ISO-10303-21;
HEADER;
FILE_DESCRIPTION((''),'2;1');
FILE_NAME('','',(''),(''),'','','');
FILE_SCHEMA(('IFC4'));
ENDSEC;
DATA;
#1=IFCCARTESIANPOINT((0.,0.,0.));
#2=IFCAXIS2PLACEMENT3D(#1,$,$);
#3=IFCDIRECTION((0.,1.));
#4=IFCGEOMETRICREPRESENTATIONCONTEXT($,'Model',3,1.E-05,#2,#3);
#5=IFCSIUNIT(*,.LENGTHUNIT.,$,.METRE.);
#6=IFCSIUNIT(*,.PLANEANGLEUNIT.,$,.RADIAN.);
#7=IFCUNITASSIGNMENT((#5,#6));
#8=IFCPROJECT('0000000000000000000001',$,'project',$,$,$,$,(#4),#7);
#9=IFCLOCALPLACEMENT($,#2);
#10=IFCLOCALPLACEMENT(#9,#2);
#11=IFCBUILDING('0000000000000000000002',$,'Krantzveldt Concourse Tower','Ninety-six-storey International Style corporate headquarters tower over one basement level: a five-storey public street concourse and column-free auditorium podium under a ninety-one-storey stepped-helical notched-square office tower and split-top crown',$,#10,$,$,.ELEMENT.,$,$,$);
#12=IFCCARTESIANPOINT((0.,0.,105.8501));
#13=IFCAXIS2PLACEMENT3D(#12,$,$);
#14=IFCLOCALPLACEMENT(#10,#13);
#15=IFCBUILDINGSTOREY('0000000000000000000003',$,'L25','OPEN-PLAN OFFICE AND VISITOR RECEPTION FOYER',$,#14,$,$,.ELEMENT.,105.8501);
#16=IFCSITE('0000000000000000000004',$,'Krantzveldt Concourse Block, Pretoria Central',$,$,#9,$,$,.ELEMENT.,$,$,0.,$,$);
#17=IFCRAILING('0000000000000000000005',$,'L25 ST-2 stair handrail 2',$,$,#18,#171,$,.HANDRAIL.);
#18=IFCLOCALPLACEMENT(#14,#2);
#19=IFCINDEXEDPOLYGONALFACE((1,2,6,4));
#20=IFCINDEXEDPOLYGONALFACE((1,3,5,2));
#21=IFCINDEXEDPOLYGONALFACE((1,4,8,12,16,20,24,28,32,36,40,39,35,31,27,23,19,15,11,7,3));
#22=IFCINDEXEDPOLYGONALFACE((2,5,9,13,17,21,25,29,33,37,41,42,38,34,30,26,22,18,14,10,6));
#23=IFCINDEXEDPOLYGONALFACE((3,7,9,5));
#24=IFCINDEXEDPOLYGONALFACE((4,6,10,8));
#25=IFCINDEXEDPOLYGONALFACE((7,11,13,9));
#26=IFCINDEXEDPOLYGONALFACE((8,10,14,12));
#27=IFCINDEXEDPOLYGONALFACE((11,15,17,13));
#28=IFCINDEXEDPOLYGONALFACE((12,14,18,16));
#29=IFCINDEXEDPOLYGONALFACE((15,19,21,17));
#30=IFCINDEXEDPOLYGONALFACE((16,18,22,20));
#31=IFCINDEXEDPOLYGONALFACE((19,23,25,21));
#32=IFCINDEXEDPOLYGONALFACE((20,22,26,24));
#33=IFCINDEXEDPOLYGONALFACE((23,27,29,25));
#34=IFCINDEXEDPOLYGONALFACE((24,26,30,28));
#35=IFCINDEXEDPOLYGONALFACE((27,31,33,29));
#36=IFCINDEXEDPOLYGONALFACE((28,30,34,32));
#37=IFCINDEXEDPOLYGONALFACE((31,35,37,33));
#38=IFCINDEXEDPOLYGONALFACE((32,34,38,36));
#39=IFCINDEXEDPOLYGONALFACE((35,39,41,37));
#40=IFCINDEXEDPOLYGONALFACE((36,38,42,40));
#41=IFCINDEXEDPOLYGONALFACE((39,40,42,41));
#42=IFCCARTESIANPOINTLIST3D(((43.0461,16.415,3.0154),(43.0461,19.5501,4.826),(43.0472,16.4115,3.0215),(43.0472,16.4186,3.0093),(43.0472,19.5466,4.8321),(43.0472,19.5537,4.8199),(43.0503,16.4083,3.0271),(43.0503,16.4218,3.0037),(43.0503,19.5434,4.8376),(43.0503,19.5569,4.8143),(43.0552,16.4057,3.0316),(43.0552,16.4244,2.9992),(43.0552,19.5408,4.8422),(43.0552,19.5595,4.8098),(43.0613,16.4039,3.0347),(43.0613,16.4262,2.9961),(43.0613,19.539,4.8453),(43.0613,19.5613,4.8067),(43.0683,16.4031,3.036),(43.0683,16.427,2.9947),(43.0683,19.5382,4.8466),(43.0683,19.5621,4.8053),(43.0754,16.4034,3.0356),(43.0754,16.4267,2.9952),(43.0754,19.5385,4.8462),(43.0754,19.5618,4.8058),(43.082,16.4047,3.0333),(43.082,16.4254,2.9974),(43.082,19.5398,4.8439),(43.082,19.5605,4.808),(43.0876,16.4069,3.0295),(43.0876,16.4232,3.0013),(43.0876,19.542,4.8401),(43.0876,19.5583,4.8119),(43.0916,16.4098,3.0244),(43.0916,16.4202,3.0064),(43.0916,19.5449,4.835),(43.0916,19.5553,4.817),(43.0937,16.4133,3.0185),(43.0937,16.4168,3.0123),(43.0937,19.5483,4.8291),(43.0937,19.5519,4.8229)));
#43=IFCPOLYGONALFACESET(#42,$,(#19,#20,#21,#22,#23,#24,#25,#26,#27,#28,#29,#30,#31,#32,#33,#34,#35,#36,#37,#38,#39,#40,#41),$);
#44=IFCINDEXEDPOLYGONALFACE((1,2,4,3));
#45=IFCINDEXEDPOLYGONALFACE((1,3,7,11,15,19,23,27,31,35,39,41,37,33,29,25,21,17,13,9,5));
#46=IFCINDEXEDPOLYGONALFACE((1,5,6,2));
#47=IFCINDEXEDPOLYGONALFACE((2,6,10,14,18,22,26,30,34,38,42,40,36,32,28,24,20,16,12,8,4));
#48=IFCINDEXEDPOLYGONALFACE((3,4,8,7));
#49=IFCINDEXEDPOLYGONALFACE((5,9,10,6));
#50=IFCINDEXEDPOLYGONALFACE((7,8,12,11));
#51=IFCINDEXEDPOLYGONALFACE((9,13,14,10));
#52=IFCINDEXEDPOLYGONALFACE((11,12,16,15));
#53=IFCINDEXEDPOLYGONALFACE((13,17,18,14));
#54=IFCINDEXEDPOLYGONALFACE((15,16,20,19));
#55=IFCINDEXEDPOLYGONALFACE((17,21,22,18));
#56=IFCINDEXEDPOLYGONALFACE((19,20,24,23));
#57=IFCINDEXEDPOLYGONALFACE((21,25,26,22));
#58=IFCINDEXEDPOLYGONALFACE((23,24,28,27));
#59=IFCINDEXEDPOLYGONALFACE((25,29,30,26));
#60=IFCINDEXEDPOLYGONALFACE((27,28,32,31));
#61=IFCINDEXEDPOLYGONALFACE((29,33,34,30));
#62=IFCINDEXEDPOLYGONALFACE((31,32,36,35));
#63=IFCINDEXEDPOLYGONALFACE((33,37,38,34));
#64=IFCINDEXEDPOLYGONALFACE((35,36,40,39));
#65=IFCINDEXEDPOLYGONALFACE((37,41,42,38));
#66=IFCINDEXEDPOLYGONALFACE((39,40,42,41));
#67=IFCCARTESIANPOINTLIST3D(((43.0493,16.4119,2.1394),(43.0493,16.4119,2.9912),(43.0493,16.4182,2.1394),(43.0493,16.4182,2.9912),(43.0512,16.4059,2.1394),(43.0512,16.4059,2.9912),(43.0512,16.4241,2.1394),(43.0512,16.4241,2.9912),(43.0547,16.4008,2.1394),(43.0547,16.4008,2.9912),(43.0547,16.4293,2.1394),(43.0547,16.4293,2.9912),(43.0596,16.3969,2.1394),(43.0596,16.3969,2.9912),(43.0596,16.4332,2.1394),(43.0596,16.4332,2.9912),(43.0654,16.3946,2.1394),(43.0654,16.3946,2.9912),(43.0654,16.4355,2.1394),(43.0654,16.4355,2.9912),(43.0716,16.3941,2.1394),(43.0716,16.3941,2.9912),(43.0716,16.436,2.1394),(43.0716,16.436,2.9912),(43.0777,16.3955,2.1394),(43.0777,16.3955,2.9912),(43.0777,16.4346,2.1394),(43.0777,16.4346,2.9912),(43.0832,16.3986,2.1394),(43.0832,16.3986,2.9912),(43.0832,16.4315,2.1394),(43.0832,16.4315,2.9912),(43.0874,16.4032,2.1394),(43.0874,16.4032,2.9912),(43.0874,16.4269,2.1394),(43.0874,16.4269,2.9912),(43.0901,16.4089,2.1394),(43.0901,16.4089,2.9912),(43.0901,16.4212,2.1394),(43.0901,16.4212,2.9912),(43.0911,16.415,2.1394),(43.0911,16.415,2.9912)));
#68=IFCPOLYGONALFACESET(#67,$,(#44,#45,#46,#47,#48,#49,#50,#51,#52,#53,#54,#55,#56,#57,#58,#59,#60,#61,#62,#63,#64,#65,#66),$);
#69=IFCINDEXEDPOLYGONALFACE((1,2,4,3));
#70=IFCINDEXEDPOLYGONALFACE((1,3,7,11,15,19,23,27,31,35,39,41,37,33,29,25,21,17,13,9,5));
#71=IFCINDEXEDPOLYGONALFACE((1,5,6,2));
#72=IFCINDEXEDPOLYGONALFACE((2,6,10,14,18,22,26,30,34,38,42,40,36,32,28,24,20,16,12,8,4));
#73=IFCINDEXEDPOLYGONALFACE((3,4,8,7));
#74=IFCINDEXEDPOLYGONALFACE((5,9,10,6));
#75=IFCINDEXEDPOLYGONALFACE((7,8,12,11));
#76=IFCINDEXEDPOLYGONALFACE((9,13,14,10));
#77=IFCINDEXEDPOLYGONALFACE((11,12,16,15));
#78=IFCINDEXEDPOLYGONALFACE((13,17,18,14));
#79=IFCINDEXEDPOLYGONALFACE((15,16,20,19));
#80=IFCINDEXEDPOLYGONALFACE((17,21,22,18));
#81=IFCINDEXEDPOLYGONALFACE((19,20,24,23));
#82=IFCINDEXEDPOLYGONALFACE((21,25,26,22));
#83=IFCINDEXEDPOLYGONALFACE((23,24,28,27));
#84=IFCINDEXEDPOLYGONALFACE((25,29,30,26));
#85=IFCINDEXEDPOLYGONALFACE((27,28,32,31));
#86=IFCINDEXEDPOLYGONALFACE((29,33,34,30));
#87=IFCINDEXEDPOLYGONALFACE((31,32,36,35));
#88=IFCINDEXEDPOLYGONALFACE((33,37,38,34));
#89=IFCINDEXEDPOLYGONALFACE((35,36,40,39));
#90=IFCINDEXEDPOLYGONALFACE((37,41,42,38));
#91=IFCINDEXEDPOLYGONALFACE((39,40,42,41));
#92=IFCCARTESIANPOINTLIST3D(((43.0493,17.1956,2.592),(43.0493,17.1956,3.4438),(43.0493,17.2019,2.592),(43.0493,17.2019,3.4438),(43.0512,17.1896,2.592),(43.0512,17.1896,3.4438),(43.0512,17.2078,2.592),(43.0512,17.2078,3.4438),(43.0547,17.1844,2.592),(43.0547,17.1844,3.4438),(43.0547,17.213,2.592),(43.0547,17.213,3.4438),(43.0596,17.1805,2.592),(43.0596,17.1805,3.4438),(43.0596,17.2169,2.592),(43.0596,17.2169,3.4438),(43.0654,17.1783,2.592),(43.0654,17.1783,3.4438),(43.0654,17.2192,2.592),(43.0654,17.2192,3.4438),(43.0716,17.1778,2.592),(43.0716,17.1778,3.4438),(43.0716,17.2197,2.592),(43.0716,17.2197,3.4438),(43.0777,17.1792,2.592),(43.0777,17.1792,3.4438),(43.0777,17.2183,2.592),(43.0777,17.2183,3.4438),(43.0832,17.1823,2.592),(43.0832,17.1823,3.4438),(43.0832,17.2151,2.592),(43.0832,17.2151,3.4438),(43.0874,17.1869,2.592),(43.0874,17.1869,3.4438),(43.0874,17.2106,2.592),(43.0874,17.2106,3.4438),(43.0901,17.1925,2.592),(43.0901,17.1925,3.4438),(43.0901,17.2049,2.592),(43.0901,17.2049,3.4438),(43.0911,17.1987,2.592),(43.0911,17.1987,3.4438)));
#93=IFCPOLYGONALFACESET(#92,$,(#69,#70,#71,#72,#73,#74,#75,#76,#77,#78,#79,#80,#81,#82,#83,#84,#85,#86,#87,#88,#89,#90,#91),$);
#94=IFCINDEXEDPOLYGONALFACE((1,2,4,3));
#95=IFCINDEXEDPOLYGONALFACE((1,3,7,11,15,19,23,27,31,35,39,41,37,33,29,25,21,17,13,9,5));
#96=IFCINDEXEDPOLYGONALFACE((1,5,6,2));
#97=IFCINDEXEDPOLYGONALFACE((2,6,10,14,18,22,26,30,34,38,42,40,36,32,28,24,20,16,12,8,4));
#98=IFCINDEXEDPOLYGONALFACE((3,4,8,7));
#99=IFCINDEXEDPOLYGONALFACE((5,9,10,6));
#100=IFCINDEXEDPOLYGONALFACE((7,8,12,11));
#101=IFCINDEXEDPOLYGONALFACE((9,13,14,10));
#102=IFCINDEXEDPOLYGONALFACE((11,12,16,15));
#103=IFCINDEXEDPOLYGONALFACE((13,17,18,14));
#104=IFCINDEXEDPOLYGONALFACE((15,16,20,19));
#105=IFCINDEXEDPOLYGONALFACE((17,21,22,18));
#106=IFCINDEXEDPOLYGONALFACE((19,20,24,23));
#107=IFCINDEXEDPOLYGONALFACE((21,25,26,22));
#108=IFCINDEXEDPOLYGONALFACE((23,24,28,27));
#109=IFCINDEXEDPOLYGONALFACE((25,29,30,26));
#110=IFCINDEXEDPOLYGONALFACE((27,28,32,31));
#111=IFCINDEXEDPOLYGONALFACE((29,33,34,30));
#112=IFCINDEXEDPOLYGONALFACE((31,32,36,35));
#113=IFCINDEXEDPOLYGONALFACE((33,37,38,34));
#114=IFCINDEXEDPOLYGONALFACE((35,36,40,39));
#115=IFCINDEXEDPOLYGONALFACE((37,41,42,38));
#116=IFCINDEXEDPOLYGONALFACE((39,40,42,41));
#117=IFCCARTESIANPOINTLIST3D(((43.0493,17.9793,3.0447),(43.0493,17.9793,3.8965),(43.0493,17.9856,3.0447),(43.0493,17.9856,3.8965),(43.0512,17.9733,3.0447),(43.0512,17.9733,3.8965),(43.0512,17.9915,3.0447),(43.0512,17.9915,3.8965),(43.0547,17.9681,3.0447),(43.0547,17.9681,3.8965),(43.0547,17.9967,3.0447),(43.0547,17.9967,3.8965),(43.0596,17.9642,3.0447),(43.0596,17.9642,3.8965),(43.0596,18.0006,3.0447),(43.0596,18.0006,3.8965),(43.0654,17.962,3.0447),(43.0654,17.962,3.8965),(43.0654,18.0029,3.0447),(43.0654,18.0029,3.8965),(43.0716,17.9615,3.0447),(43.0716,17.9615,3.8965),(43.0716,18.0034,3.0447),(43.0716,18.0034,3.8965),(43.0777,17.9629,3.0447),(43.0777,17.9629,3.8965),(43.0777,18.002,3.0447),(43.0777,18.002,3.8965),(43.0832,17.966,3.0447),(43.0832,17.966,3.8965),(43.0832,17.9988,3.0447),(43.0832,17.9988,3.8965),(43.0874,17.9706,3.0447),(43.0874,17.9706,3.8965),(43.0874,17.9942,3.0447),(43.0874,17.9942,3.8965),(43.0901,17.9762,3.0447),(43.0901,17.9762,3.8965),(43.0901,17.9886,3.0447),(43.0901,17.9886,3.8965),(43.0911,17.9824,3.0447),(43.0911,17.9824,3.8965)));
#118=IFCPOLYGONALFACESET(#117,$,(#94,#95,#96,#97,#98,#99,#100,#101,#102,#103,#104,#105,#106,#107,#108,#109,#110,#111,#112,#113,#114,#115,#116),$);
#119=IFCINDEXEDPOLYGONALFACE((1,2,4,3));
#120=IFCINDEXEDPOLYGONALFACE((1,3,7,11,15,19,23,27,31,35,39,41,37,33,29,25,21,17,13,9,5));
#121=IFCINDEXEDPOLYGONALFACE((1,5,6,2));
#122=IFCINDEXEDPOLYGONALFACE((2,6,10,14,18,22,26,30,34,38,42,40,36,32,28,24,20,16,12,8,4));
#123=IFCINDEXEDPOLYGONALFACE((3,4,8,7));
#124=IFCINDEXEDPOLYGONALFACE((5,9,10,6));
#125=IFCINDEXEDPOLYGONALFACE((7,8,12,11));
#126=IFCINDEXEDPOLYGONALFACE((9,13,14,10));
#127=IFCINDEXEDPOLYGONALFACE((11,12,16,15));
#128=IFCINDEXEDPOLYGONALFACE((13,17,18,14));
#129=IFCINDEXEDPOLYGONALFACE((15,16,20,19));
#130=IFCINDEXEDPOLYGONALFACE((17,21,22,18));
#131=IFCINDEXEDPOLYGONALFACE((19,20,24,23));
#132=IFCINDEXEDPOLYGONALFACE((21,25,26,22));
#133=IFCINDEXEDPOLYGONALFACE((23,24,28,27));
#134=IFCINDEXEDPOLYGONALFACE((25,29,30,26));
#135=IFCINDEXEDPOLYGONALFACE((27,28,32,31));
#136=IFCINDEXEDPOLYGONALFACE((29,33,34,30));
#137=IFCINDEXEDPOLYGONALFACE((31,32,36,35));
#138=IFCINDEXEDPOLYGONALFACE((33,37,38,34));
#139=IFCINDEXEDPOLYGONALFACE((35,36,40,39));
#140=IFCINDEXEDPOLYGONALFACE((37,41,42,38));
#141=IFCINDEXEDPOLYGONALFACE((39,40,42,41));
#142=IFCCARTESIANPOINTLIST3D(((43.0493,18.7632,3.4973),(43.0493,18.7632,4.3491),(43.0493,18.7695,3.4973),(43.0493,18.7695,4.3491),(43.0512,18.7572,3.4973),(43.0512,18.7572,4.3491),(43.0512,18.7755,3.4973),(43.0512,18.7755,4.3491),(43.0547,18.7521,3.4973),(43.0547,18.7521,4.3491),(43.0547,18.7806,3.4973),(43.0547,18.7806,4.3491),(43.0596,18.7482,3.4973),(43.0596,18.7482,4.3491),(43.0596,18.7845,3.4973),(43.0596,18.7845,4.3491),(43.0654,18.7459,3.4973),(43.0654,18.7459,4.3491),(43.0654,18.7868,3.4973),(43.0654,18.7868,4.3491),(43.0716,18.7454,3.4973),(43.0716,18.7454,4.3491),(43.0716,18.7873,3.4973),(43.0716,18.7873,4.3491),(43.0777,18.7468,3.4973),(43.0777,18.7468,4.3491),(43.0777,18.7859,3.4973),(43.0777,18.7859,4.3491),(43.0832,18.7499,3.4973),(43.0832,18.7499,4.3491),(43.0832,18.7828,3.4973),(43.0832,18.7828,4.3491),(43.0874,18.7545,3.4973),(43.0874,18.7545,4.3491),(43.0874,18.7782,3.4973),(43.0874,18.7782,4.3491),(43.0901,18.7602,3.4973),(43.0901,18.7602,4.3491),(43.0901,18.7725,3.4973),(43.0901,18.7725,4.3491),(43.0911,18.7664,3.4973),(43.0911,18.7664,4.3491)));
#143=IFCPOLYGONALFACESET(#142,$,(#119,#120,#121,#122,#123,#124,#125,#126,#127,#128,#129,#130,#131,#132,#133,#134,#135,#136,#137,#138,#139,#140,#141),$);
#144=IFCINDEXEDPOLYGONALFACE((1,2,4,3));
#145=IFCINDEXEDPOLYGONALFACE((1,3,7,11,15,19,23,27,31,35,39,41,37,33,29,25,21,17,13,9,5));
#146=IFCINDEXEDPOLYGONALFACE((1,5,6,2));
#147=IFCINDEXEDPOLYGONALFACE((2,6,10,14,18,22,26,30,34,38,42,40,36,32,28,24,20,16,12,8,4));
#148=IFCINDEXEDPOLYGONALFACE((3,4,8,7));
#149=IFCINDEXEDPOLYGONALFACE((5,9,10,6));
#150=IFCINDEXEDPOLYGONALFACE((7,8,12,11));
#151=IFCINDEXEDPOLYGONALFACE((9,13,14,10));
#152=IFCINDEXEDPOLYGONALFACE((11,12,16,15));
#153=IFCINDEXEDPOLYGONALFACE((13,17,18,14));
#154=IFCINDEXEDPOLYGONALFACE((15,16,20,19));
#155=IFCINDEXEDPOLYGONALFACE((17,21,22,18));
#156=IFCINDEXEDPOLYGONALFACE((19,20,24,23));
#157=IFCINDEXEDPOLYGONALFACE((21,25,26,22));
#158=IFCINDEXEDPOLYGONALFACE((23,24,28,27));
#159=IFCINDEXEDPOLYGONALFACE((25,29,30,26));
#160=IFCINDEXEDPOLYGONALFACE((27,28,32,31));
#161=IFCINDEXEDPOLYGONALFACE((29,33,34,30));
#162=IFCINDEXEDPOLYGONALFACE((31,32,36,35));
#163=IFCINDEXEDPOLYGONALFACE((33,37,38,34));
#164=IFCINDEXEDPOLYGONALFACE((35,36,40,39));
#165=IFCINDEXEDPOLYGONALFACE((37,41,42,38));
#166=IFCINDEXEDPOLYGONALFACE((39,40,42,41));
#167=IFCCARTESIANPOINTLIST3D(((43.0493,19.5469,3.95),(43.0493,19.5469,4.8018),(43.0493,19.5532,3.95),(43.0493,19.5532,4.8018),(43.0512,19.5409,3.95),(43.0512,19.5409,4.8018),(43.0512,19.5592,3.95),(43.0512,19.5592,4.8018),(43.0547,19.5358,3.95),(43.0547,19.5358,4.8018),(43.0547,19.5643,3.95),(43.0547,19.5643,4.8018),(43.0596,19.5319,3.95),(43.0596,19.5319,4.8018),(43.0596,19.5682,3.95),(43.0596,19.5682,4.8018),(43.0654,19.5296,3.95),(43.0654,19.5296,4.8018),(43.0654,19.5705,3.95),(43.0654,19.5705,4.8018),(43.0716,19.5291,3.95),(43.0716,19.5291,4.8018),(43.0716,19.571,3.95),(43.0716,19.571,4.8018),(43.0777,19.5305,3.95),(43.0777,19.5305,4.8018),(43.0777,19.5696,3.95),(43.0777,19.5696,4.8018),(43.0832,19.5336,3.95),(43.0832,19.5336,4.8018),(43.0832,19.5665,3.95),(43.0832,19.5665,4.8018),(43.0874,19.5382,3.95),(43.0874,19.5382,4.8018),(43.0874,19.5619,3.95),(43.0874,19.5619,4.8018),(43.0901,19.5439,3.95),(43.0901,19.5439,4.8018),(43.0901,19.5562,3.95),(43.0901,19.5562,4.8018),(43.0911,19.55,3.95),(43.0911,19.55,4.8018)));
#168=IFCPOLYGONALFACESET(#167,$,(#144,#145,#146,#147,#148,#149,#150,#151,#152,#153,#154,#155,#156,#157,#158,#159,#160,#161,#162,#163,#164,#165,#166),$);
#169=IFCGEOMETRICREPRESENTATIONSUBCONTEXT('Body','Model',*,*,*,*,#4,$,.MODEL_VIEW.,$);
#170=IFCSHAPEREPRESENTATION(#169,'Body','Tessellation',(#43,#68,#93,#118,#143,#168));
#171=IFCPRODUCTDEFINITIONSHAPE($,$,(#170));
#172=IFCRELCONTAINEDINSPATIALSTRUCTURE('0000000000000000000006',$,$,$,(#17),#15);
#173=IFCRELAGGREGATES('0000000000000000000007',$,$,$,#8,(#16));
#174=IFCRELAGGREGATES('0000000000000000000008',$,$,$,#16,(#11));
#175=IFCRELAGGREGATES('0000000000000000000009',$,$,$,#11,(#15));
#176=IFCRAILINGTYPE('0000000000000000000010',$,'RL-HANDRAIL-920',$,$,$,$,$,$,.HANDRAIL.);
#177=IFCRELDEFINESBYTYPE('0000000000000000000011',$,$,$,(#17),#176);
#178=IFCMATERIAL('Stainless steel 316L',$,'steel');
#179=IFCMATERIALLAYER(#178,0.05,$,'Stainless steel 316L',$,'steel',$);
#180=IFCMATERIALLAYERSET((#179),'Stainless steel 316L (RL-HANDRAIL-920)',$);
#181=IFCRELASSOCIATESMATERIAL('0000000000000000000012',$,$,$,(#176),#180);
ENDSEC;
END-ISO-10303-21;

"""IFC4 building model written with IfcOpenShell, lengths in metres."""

from ifc_helpers import new_model, si_unit, direction, frame, origin, origin_2d, place, context, subcontext, project, spatial, circle, extrude, material, layer, layer_set, type_object, element, save


model = new_model("IFC4")

# Units and contexts
model_context = context("Model", 3, precision=1e-05, world=origin(), true_north=direction((0.0, 1.0)))
body_context = subcontext(model_context, "Body", "Model", "MODEL_VIEW")
ifc_project = project(units=[si_unit("LENGTHUNIT", "METRE"), si_unit("PLANEANGLEUNIT", "RADIAN")], contexts=[model_context])

# Site, building, storey
site_placement = place(None, origin())
site = spatial("IfcSite", under=ifc_project, at=site_placement, Name="Krantzveldt Concourse Block, Pretoria Central", CompositionType="ELEMENT", RefElevation=0.0)
building_placement = place(site_placement, origin())
building = spatial("IfcBuilding", under=site, at=building_placement, Name="Krantzveldt Concourse Tower", Description="Ninety-six-storey International Style corporate headquarters tower over one basement level: a five-storey public street concourse and column-free auditorium podium under a ninety-one-storey stepped-helical notched-square office tower and split-top crown", CompositionType="ELEMENT")
storey_placement = place(building_placement, frame((0.0, 0.0, 105.8501)))
storey = spatial("IfcBuildingStorey", under=building, at=storey_placement, Name="L25", Description="OPEN-PLAN OFFICE AND VISITOR RECEPTION FOYER", CompositionType="ELEMENT", Elevation=105.8501)

# Shared definitions
ifc_material_1 = material(Name="Stainless steel 316L", Category="steel")

# Railing
ifc_layer_1 = layer(ifc_material_1, 0.05, Name="Stainless steel 316L", Category="steel")
ifc_layer_set_1 = layer_set([ifc_layer_1], Name="Stainless steel 316L (RL-HANDRAIL-920)")
railing_type_1 = type_object("IfcRailingType", Name="RL-HANDRAIL-920", PredefinedType="HANDRAIL", material=ifc_layer_set_1)
railing_1_placement = place(storey_placement, frame((43.0701, 16.415, 2.1394)))
element("IfcRailing", 1, at=railing_1_placement, inside=storey, type_object=railing_type_1, Name="L25 ST-2 stair handrail 2", PredefinedType="HANDRAIL", context=body_context, shape_type="SweptSolid", body=[
    extrude(circle(Radius=0.0239, at=origin_2d()), frame((0.0, 0.0, 0.876), z_axis=(0.0, 0.86596, 0.500114), x_axis=(-1.0, 0.0, 0.0)), (0.0, 0.0, 1.0), 3.6204),
    extrude(circle(Radius=0.021, at=origin_2d()), origin(), (0.0, 0.0, 1.0), 0.8518),
    extrude(circle(Radius=0.021, at=origin_2d()), frame((0.0, 0.7837, 0.4526)), (0.0, 0.0, 1.0), 0.8518),
    extrude(circle(Radius=0.021, at=origin_2d()), frame((0.0, 1.5674, 0.9053)), (0.0, 0.0, 1.0), 0.8518),
    extrude(circle(Radius=0.021, at=origin_2d()), frame((0.0, 2.3513, 1.3579)), (0.0, 0.0, 1.0), 0.8518),
    extrude(circle(Radius=0.021, at=origin_2d()), frame((0.0, 3.135, 1.8105)), (0.0, 0.0, 1.0), 0.8518),
])

save(model, "model.ifc")
